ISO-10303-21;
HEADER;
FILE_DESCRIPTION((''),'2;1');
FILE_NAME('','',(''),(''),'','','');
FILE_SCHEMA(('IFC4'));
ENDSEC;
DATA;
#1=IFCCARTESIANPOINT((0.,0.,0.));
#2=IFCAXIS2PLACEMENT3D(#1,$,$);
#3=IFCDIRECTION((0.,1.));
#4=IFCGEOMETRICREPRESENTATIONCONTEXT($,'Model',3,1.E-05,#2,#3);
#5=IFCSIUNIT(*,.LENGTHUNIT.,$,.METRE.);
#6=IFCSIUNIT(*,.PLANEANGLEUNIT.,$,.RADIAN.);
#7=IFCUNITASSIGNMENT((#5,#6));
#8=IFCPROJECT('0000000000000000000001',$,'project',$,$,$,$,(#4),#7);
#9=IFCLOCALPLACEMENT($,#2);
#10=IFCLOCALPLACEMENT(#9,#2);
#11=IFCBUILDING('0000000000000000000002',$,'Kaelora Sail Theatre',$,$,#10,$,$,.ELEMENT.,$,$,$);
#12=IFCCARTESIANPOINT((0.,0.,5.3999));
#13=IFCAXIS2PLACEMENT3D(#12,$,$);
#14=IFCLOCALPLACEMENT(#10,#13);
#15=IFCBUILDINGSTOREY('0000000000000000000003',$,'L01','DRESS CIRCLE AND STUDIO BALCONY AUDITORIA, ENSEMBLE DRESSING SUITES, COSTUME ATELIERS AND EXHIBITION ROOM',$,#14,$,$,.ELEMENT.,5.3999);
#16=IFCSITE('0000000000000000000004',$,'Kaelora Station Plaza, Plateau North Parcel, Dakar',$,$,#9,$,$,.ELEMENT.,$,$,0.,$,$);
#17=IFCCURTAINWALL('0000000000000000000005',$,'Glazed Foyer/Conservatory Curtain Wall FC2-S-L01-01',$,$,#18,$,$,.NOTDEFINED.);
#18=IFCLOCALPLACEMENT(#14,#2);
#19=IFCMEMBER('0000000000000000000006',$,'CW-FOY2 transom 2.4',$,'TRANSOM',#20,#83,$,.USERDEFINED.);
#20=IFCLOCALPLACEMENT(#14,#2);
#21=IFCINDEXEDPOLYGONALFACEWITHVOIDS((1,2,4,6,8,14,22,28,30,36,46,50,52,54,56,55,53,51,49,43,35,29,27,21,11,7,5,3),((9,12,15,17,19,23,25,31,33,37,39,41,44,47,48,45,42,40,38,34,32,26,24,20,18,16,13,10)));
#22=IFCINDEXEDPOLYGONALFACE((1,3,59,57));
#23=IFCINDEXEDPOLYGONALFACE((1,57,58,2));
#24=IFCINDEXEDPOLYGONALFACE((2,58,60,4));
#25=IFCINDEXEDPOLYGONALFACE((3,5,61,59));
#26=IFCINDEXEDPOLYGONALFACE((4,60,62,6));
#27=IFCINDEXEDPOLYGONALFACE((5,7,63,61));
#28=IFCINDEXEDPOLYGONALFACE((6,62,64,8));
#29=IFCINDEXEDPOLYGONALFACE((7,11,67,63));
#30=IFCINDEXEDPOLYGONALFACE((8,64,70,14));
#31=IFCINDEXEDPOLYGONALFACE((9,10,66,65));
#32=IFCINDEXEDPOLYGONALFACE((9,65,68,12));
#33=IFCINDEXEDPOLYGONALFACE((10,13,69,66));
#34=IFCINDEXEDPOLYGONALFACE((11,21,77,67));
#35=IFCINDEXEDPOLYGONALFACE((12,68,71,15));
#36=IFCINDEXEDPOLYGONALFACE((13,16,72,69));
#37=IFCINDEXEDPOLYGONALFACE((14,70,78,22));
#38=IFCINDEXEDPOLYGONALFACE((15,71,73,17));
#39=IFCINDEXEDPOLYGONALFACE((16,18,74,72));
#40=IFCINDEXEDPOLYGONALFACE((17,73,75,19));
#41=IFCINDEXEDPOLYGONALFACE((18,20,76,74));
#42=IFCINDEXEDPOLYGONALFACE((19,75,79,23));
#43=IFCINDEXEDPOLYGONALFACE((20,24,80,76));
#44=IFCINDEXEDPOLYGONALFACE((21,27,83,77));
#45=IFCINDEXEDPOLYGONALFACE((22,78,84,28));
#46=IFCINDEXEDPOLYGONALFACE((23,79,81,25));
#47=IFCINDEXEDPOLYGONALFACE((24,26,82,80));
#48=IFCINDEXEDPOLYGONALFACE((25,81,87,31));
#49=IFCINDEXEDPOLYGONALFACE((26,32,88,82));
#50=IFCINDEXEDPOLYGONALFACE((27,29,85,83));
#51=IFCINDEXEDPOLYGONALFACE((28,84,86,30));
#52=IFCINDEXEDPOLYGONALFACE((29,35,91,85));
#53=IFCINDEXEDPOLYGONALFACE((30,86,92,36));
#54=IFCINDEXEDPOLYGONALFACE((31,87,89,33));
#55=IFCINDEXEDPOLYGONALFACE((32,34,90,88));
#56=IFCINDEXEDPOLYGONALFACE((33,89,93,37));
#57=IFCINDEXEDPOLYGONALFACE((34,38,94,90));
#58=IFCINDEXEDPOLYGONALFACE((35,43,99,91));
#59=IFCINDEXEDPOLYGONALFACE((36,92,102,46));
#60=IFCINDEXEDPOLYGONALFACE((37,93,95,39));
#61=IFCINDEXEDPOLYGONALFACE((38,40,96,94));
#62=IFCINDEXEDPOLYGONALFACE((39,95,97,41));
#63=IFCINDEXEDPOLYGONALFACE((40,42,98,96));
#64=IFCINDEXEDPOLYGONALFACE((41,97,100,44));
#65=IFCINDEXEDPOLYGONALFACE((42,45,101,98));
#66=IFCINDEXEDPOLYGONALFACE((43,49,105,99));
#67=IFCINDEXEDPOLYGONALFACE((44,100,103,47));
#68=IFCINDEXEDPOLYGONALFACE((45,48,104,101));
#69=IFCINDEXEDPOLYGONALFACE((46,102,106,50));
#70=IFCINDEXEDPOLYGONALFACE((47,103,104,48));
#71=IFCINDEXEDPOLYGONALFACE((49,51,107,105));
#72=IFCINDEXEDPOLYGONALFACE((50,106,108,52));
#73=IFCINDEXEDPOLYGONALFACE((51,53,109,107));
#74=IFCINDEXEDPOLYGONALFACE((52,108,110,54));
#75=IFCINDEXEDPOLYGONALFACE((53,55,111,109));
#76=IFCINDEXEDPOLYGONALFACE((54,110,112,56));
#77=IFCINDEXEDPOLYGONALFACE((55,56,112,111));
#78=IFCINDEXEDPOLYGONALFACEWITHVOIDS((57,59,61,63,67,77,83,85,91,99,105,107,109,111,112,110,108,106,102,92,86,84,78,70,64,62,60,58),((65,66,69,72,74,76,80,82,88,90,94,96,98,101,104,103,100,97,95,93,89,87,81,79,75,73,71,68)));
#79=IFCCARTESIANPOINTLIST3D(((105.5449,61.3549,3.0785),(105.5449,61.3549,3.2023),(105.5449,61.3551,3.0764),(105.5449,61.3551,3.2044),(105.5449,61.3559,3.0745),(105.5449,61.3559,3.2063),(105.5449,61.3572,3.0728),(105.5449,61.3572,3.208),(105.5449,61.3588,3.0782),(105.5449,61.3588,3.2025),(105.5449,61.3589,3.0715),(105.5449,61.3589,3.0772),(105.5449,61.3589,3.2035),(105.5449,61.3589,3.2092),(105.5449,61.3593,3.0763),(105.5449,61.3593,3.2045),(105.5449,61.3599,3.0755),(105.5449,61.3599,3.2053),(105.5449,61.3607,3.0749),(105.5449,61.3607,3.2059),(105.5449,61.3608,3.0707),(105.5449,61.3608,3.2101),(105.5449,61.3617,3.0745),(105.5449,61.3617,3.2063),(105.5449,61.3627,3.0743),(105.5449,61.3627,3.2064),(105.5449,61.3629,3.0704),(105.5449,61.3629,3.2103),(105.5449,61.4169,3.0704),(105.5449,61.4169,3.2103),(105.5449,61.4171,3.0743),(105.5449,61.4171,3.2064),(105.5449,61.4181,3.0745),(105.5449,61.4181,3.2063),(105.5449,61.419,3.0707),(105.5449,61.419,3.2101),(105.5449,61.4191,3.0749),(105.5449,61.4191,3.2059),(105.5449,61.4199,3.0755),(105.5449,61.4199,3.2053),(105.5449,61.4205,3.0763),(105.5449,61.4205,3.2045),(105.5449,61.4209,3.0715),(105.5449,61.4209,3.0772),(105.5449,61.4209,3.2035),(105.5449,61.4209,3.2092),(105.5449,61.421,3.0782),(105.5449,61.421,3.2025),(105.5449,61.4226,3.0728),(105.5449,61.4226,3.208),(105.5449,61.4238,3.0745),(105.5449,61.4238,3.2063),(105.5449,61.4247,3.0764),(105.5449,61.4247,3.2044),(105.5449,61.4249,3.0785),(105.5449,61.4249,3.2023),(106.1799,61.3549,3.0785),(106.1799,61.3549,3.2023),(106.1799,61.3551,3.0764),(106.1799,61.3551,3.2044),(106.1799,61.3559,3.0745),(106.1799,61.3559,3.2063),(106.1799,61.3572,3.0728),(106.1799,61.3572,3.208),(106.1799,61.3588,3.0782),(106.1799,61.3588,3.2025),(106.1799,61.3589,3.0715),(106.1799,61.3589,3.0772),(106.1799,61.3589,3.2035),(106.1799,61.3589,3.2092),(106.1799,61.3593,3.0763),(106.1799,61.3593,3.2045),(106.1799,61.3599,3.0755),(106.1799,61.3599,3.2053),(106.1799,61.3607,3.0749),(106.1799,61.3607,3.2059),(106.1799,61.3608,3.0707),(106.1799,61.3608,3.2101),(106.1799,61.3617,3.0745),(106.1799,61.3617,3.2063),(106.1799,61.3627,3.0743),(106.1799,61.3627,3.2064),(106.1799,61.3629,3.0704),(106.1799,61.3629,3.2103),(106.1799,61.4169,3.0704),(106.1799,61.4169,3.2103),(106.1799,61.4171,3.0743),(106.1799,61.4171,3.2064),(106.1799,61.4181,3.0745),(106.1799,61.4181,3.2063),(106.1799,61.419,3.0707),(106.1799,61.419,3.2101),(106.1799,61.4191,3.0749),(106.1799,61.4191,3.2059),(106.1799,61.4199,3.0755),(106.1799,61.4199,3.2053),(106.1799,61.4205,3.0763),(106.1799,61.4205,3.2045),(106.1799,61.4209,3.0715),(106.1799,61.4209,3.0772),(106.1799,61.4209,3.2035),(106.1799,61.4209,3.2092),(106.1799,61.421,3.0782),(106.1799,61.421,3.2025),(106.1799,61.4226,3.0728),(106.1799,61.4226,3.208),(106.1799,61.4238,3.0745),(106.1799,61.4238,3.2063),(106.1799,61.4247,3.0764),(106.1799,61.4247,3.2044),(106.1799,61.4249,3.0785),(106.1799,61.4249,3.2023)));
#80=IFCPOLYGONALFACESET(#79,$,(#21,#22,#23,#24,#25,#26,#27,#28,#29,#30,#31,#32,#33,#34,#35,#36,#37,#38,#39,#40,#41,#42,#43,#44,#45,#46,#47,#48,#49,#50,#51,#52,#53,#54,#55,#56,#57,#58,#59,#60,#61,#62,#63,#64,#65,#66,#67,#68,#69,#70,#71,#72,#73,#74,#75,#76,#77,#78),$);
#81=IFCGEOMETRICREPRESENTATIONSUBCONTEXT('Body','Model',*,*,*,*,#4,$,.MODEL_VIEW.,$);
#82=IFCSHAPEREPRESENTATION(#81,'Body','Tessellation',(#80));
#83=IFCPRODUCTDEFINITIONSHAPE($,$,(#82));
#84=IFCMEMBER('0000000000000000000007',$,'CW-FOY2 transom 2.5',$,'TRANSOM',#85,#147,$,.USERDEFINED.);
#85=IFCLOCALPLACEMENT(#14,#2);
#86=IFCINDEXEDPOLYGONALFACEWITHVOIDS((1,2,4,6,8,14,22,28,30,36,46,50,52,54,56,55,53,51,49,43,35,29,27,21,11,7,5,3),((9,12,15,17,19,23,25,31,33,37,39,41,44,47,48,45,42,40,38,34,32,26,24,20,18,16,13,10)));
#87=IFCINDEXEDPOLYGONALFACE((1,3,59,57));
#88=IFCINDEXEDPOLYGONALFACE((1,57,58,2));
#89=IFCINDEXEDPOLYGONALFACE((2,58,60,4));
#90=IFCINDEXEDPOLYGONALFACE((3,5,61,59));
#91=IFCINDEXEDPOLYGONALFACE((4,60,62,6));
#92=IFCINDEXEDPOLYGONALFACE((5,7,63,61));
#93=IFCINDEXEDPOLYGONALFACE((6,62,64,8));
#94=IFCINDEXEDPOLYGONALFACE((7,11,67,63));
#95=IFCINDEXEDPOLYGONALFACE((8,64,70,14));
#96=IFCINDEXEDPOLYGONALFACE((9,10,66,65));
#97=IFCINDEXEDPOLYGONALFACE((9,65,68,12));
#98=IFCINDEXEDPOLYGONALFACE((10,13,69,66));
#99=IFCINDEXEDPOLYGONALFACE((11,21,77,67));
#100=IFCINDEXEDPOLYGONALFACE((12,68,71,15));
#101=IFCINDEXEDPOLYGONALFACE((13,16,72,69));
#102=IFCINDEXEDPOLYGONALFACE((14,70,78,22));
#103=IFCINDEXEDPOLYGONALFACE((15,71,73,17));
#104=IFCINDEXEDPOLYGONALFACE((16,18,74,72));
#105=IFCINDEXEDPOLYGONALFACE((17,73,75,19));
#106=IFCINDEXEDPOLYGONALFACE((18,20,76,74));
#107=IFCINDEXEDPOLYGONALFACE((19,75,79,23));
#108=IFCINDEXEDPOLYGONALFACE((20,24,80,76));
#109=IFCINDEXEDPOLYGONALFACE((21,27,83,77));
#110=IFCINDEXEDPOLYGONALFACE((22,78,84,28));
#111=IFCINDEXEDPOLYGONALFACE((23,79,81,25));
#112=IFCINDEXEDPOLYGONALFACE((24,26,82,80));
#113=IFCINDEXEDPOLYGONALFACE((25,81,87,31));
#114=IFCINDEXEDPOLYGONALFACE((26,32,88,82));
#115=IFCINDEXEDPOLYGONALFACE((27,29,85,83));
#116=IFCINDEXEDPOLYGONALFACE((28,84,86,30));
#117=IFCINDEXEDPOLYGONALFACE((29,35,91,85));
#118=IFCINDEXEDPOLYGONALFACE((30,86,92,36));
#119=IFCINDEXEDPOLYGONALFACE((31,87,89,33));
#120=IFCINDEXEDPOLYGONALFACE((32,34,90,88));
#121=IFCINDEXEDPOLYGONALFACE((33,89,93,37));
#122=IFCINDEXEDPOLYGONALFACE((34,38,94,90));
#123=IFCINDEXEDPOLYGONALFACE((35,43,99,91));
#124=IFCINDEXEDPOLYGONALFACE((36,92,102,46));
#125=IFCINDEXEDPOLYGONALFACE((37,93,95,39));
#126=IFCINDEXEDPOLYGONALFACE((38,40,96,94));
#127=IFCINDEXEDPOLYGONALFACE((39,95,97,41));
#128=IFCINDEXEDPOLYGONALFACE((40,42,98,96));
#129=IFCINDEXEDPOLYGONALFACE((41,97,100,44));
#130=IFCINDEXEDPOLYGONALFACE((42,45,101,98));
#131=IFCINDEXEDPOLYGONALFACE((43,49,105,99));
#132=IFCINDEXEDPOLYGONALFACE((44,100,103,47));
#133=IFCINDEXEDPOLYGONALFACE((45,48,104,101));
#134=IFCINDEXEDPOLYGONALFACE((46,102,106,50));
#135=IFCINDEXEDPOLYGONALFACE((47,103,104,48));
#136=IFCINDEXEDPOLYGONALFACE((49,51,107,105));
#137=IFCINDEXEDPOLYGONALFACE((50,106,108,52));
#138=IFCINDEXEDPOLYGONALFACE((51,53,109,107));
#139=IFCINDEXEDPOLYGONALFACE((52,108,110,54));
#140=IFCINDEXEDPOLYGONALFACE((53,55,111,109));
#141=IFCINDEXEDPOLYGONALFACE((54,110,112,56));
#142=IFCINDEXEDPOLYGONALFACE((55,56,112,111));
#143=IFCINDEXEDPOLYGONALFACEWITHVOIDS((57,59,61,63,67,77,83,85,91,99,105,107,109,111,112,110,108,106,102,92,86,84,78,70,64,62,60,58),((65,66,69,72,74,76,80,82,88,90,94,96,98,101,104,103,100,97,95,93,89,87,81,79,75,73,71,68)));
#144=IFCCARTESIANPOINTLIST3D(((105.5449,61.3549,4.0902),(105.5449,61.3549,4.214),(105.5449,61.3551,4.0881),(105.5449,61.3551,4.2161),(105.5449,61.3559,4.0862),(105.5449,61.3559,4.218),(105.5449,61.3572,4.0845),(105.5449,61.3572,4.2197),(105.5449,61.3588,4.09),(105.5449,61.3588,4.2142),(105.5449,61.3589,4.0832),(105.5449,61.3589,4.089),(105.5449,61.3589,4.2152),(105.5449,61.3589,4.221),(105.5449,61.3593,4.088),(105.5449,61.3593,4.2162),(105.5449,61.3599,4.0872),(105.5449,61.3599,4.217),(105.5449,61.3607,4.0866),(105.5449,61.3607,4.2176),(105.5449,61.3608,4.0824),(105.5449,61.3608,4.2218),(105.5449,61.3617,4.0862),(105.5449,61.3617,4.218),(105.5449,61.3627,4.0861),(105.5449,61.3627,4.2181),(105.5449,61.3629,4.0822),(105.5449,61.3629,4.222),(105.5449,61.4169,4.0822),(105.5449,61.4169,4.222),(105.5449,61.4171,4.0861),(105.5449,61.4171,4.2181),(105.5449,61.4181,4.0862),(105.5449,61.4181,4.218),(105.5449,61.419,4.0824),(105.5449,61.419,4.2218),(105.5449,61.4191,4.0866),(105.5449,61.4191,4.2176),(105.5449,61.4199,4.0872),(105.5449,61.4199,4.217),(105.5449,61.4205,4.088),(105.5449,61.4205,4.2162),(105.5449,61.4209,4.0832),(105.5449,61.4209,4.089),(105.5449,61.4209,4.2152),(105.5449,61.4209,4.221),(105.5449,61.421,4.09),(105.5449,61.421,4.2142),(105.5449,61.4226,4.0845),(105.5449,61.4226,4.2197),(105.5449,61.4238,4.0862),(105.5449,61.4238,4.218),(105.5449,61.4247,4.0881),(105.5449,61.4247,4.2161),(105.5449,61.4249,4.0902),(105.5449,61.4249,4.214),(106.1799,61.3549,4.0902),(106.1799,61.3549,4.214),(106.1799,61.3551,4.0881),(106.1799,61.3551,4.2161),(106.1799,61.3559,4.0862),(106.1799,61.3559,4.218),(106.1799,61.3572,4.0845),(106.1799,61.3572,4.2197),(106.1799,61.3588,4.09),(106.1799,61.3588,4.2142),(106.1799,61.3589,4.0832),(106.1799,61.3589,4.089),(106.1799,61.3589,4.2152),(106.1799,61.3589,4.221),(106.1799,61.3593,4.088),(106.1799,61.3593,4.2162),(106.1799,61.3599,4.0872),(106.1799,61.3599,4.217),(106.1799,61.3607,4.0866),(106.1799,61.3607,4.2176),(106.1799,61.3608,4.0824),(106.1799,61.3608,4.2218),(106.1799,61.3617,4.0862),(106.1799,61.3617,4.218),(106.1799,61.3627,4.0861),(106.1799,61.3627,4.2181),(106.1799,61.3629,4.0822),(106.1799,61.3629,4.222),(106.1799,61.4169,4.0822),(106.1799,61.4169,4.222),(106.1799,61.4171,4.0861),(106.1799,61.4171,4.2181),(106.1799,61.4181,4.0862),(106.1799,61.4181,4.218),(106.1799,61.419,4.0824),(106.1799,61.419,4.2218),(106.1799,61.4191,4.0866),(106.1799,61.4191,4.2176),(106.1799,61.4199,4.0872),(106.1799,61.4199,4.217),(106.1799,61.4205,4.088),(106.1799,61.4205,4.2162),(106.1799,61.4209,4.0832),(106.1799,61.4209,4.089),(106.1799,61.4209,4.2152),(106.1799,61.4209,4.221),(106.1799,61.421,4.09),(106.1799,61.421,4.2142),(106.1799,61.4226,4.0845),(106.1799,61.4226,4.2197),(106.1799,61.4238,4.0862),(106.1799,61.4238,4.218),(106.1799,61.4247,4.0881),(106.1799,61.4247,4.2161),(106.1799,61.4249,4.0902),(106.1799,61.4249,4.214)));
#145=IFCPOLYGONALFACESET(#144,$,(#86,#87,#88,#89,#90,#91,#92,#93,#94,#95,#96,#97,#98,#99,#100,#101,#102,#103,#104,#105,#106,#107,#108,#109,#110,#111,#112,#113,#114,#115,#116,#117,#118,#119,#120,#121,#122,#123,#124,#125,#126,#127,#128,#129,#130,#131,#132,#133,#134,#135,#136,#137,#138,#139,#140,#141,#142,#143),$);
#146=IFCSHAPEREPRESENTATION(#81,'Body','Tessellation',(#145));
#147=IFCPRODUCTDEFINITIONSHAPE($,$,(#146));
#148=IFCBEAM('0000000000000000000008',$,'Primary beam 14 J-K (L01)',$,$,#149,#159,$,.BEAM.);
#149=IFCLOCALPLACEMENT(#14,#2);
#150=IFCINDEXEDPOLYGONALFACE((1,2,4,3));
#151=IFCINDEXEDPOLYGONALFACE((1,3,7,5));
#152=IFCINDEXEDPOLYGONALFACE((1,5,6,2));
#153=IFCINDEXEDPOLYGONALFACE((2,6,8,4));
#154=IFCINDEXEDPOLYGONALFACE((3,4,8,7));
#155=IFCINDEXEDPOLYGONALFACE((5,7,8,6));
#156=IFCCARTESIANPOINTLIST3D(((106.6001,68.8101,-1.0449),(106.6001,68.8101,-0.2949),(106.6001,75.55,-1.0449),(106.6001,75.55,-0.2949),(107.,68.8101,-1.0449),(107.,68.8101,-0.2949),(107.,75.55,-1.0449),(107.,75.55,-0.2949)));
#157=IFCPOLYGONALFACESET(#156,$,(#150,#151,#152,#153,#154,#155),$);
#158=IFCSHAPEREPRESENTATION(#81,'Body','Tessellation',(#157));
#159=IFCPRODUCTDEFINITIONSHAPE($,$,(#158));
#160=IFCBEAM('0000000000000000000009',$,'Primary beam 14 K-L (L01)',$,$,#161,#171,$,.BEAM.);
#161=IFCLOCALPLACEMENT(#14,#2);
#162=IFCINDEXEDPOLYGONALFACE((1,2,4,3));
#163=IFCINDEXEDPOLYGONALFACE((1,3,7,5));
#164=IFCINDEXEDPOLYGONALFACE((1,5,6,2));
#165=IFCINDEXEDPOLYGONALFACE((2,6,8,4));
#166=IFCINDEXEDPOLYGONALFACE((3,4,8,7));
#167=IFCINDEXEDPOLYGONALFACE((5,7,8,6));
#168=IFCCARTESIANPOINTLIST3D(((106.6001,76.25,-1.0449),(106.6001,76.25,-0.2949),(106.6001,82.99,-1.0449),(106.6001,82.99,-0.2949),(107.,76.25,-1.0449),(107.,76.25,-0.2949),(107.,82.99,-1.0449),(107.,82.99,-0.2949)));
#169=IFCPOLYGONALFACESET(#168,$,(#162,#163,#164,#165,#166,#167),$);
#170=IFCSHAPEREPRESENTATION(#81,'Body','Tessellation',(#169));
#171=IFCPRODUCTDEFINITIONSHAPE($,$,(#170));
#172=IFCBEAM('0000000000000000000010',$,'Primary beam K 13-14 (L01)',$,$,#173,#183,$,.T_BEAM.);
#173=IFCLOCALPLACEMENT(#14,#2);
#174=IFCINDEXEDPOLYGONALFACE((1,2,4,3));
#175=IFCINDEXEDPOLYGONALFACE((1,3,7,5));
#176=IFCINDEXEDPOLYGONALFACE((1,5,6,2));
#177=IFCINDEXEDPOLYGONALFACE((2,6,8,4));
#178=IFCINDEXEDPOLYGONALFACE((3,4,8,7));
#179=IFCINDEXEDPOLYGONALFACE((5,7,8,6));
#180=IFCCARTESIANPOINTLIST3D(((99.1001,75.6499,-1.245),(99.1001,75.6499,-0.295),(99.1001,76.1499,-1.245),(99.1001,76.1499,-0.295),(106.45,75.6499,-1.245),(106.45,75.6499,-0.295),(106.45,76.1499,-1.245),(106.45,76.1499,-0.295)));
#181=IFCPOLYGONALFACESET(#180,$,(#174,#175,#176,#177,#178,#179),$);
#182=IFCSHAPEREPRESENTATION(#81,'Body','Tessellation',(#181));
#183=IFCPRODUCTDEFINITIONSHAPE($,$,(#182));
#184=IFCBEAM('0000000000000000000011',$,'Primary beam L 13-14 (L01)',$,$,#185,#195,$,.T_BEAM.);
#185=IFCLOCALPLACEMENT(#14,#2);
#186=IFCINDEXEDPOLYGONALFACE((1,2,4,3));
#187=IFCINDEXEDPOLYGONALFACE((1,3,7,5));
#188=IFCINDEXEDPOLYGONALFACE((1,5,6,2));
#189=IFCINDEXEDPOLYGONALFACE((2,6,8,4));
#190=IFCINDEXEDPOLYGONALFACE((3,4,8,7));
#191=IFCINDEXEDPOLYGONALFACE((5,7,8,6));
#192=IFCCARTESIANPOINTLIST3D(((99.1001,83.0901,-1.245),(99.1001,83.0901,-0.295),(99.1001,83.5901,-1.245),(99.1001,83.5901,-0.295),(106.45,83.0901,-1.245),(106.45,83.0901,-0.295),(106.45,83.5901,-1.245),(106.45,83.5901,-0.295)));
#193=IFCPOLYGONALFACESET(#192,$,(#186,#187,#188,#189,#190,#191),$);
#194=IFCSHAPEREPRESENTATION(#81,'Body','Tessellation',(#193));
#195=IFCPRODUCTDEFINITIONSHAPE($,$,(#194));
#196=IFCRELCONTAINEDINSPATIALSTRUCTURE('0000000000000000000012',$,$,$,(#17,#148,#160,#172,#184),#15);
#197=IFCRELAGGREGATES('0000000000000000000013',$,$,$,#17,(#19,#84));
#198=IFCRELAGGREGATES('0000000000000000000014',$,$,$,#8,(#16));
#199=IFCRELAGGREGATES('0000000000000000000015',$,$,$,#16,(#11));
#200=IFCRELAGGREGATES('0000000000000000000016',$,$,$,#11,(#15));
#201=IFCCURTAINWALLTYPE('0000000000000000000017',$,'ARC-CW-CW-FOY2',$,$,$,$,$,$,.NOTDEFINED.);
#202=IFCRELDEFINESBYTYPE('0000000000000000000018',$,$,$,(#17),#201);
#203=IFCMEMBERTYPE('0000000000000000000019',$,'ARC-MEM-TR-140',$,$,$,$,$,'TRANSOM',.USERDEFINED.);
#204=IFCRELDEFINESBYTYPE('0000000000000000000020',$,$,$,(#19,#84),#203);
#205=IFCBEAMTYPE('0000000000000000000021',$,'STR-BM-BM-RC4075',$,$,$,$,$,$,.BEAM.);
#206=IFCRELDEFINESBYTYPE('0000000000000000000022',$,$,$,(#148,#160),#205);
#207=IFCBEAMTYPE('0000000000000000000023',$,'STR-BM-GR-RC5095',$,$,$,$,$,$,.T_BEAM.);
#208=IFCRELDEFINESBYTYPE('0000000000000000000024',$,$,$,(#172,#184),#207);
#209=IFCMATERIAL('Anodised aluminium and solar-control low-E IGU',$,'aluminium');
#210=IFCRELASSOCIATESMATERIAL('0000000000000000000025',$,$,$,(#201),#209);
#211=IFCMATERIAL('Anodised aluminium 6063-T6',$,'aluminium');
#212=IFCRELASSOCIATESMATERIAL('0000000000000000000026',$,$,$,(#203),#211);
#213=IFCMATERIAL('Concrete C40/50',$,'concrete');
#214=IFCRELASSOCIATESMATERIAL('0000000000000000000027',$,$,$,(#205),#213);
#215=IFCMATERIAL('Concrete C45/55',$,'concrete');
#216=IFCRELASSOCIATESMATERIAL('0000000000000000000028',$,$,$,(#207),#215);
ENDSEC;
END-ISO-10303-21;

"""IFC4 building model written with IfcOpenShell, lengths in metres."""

from ifc_helpers import new_model, si_unit, direction, frame, origin, origin_2d, place, context, subcontext, project, spatial, rectangle, hollow_rectangle, extrude, material, material_profile, profile_set, type_object, element, aggregate, save


model = new_model("IFC4")

# Units and contexts
model_context = context("Model", 3, precision=1e-05, world=origin(), true_north=direction((0.0, 1.0)))
body_context = subcontext(model_context, "Body", "Model", "MODEL_VIEW")
ifc_project = project(units=[si_unit("LENGTHUNIT", "METRE"), si_unit("PLANEANGLEUNIT", "RADIAN")], contexts=[model_context])

# Site, building, storey
site_placement = place(None, origin())
site = spatial("IfcSite", under=ifc_project, at=site_placement, Name="Kaelora Station Plaza, Plateau North Parcel, Dakar", CompositionType="ELEMENT", RefElevation=0.0)
building_placement = place(site_placement, origin())
building = spatial("IfcBuilding", under=site, at=building_placement, Name="Kaelora Sail Theatre", CompositionType="ELEMENT")
storey_placement = place(building_placement, frame((0.0, 0.0, 5.3999)))
storey = spatial("IfcBuildingStorey", under=building, at=storey_placement, Name="L01", Description="DRESS CIRCLE AND STUDIO BALCONY AUDITORIA, ENSEMBLE DRESSING SUITES, COSTUME ATELIERS AND EXHIBITION ROOM", CompositionType="ELEMENT", Elevation=5.3999)

# Curtain wall, members
ifc_material_1 = material(Name="Anodised aluminium and solar-control low-E IGU", Category="aluminium")
curtain_wall_type = type_object("IfcCurtainWallType", Name="ARC-CW-CW-FOY2", PredefinedType="NOTDEFINED", material=ifc_material_1)
curtain_wall_placement = place(storey_placement, origin())
curtain_wall = element("IfcCurtainWall", 1, at=curtain_wall_placement, inside=storey, type_object=curtain_wall_type, Name="Glazed Foyer/Conservatory Curtain Wall FC2-S-L01-01", PredefinedType="NOTDEFINED")
ifc_material_2 = material(Name="Anodised aluminium 6063-T6", Category="aluminium")
ifc_material_profile_1 = material_profile(ifc_material_2, hollow_rectangle(XDim=0.0701, YDim=0.1399, WallThickness=0.0039, InnerFilletRadius=0.0039, OuterFilletRadius=0.0081, at=origin_2d()), Name="ALU-TRAN 70x140x4")
ifc_profile_set_1 = profile_set([ifc_material_profile_1], Name="Anodised aluminium 6063-T6")
member_type_1 = type_object("IfcMemberType", Name="ARC-MEM-TR-140", ElementType="TRANSOM", PredefinedType="USERDEFINED", material=ifc_profile_set_1)
member_1_placement = place(storey_placement, frame((105.5449, 61.3899, 3.1404), z_axis=(1.0, 0.0, 0.0), x_axis=(0.0, 1.0, 0.0)))
member_1 = element("IfcMember", 2, at=member_1_placement, type_object=member_type_1, Name="CW-FOY2 transom 2.4", ObjectType="TRANSOM", PredefinedType="USERDEFINED", context=body_context, shape_type="SweptSolid", body=[
    extrude(hollow_rectangle(XDim=0.0701, YDim=0.1399, WallThickness=0.0039, InnerFilletRadius=0.0039, OuterFilletRadius=0.0081, at=origin_2d()), origin(), (0.0, 0.0, 1.0), 0.635),
])
member_2_placement = place(storey_placement, frame((105.5449, 61.3899, 4.1521), z_axis=(1.0, 0.0, 0.0), x_axis=(0.0, 1.0, 0.0)))
member_2 = element("IfcMember", 3, at=member_2_placement, type_object=member_type_1, Name="CW-FOY2 transom 2.5", ObjectType="TRANSOM", PredefinedType="USERDEFINED", context=body_context, shape_type="SweptSolid", body=[
    extrude(hollow_rectangle(XDim=0.0701, YDim=0.1399, WallThickness=0.0039, InnerFilletRadius=0.0039, OuterFilletRadius=0.0081, at=origin_2d()), origin(), (0.0, 0.0, 1.0), 0.635),
])

# Beams
ifc_material_3 = material(Name="Concrete C40/50", Category="concrete")
ifc_material_profile_2 = material_profile(ifc_material_3, rectangle(XDim=0.3999, YDim=0.75, at=origin_2d()), Name="RC-BM 400x750")
ifc_profile_set_2 = profile_set([ifc_material_profile_2], Name="Concrete C40/50")
beam_type_1 = type_object("IfcBeamType", Name="STR-BM-BM-RC4075", PredefinedType="BEAM", material=ifc_profile_set_2)
for number, where, z_axis, x_axis, name in (
    (4, (106.8, 68.8101, -0.6699), (0.0, 1.0, 0.0), (-1.0, 0.0, 0.0), "Primary beam 14 J-K (L01)"),
    (5, (106.8, 76.25, -0.6699), (0.0, 1.0, 0.0), (-1.0, 0.0, 0.0), "Primary beam 14 K-L (L01)"),
):
    element("IfcBeam", number, at=place(storey_placement, frame(where, z_axis=z_axis, x_axis=x_axis)), inside=storey, type_object=beam_type_1, Name=name, PredefinedType="BEAM", context=body_context, shape_type="SweptSolid", body=[
        extrude(rectangle(XDim=0.3999, YDim=0.75, at=origin_2d()), origin(), (0.0, 0.0, 1.0), 6.74),
    ])
ifc_material_4 = material(Name="Concrete C45/55", Category="concrete")
ifc_material_profile_3 = material_profile(ifc_material_4, rectangle(XDim=0.5, YDim=0.95, at=origin_2d()), Name="RC-GRD 500x950")
ifc_profile_set_3 = profile_set([ifc_material_profile_3], Name="Concrete C45/55")
beam_type_2 = type_object("IfcBeamType", Name="STR-BM-GR-RC5095", PredefinedType="T_BEAM", material=ifc_profile_set_3)
for number, where, z_axis, x_axis, name in (
    (6, (99.1001, 75.8999, -0.77), (1.0, 0.0, 0.0), (0.0, 1.0, 0.0), "Primary beam K 13-14 (L01)"),
    (7, (99.1001, 83.3401, -0.77), (1.0, 0.0, 0.0), (0.0, 1.0, 0.0), "Primary beam L 13-14 (L01)"),
):
    element("IfcBeam", number, at=place(storey_placement, frame(where, z_axis=z_axis, x_axis=x_axis)), inside=storey, type_object=beam_type_2, Name=name, PredefinedType="T_BEAM", context=body_context, shape_type="SweptSolid", body=[
        extrude(rectangle(XDim=0.5, YDim=0.95, at=origin_2d()), origin(), (0.0, 0.0, 1.0), 7.3499),
    ])

aggregate(curtain_wall, [member_1, member_2])

save(model, "model.ifc")
